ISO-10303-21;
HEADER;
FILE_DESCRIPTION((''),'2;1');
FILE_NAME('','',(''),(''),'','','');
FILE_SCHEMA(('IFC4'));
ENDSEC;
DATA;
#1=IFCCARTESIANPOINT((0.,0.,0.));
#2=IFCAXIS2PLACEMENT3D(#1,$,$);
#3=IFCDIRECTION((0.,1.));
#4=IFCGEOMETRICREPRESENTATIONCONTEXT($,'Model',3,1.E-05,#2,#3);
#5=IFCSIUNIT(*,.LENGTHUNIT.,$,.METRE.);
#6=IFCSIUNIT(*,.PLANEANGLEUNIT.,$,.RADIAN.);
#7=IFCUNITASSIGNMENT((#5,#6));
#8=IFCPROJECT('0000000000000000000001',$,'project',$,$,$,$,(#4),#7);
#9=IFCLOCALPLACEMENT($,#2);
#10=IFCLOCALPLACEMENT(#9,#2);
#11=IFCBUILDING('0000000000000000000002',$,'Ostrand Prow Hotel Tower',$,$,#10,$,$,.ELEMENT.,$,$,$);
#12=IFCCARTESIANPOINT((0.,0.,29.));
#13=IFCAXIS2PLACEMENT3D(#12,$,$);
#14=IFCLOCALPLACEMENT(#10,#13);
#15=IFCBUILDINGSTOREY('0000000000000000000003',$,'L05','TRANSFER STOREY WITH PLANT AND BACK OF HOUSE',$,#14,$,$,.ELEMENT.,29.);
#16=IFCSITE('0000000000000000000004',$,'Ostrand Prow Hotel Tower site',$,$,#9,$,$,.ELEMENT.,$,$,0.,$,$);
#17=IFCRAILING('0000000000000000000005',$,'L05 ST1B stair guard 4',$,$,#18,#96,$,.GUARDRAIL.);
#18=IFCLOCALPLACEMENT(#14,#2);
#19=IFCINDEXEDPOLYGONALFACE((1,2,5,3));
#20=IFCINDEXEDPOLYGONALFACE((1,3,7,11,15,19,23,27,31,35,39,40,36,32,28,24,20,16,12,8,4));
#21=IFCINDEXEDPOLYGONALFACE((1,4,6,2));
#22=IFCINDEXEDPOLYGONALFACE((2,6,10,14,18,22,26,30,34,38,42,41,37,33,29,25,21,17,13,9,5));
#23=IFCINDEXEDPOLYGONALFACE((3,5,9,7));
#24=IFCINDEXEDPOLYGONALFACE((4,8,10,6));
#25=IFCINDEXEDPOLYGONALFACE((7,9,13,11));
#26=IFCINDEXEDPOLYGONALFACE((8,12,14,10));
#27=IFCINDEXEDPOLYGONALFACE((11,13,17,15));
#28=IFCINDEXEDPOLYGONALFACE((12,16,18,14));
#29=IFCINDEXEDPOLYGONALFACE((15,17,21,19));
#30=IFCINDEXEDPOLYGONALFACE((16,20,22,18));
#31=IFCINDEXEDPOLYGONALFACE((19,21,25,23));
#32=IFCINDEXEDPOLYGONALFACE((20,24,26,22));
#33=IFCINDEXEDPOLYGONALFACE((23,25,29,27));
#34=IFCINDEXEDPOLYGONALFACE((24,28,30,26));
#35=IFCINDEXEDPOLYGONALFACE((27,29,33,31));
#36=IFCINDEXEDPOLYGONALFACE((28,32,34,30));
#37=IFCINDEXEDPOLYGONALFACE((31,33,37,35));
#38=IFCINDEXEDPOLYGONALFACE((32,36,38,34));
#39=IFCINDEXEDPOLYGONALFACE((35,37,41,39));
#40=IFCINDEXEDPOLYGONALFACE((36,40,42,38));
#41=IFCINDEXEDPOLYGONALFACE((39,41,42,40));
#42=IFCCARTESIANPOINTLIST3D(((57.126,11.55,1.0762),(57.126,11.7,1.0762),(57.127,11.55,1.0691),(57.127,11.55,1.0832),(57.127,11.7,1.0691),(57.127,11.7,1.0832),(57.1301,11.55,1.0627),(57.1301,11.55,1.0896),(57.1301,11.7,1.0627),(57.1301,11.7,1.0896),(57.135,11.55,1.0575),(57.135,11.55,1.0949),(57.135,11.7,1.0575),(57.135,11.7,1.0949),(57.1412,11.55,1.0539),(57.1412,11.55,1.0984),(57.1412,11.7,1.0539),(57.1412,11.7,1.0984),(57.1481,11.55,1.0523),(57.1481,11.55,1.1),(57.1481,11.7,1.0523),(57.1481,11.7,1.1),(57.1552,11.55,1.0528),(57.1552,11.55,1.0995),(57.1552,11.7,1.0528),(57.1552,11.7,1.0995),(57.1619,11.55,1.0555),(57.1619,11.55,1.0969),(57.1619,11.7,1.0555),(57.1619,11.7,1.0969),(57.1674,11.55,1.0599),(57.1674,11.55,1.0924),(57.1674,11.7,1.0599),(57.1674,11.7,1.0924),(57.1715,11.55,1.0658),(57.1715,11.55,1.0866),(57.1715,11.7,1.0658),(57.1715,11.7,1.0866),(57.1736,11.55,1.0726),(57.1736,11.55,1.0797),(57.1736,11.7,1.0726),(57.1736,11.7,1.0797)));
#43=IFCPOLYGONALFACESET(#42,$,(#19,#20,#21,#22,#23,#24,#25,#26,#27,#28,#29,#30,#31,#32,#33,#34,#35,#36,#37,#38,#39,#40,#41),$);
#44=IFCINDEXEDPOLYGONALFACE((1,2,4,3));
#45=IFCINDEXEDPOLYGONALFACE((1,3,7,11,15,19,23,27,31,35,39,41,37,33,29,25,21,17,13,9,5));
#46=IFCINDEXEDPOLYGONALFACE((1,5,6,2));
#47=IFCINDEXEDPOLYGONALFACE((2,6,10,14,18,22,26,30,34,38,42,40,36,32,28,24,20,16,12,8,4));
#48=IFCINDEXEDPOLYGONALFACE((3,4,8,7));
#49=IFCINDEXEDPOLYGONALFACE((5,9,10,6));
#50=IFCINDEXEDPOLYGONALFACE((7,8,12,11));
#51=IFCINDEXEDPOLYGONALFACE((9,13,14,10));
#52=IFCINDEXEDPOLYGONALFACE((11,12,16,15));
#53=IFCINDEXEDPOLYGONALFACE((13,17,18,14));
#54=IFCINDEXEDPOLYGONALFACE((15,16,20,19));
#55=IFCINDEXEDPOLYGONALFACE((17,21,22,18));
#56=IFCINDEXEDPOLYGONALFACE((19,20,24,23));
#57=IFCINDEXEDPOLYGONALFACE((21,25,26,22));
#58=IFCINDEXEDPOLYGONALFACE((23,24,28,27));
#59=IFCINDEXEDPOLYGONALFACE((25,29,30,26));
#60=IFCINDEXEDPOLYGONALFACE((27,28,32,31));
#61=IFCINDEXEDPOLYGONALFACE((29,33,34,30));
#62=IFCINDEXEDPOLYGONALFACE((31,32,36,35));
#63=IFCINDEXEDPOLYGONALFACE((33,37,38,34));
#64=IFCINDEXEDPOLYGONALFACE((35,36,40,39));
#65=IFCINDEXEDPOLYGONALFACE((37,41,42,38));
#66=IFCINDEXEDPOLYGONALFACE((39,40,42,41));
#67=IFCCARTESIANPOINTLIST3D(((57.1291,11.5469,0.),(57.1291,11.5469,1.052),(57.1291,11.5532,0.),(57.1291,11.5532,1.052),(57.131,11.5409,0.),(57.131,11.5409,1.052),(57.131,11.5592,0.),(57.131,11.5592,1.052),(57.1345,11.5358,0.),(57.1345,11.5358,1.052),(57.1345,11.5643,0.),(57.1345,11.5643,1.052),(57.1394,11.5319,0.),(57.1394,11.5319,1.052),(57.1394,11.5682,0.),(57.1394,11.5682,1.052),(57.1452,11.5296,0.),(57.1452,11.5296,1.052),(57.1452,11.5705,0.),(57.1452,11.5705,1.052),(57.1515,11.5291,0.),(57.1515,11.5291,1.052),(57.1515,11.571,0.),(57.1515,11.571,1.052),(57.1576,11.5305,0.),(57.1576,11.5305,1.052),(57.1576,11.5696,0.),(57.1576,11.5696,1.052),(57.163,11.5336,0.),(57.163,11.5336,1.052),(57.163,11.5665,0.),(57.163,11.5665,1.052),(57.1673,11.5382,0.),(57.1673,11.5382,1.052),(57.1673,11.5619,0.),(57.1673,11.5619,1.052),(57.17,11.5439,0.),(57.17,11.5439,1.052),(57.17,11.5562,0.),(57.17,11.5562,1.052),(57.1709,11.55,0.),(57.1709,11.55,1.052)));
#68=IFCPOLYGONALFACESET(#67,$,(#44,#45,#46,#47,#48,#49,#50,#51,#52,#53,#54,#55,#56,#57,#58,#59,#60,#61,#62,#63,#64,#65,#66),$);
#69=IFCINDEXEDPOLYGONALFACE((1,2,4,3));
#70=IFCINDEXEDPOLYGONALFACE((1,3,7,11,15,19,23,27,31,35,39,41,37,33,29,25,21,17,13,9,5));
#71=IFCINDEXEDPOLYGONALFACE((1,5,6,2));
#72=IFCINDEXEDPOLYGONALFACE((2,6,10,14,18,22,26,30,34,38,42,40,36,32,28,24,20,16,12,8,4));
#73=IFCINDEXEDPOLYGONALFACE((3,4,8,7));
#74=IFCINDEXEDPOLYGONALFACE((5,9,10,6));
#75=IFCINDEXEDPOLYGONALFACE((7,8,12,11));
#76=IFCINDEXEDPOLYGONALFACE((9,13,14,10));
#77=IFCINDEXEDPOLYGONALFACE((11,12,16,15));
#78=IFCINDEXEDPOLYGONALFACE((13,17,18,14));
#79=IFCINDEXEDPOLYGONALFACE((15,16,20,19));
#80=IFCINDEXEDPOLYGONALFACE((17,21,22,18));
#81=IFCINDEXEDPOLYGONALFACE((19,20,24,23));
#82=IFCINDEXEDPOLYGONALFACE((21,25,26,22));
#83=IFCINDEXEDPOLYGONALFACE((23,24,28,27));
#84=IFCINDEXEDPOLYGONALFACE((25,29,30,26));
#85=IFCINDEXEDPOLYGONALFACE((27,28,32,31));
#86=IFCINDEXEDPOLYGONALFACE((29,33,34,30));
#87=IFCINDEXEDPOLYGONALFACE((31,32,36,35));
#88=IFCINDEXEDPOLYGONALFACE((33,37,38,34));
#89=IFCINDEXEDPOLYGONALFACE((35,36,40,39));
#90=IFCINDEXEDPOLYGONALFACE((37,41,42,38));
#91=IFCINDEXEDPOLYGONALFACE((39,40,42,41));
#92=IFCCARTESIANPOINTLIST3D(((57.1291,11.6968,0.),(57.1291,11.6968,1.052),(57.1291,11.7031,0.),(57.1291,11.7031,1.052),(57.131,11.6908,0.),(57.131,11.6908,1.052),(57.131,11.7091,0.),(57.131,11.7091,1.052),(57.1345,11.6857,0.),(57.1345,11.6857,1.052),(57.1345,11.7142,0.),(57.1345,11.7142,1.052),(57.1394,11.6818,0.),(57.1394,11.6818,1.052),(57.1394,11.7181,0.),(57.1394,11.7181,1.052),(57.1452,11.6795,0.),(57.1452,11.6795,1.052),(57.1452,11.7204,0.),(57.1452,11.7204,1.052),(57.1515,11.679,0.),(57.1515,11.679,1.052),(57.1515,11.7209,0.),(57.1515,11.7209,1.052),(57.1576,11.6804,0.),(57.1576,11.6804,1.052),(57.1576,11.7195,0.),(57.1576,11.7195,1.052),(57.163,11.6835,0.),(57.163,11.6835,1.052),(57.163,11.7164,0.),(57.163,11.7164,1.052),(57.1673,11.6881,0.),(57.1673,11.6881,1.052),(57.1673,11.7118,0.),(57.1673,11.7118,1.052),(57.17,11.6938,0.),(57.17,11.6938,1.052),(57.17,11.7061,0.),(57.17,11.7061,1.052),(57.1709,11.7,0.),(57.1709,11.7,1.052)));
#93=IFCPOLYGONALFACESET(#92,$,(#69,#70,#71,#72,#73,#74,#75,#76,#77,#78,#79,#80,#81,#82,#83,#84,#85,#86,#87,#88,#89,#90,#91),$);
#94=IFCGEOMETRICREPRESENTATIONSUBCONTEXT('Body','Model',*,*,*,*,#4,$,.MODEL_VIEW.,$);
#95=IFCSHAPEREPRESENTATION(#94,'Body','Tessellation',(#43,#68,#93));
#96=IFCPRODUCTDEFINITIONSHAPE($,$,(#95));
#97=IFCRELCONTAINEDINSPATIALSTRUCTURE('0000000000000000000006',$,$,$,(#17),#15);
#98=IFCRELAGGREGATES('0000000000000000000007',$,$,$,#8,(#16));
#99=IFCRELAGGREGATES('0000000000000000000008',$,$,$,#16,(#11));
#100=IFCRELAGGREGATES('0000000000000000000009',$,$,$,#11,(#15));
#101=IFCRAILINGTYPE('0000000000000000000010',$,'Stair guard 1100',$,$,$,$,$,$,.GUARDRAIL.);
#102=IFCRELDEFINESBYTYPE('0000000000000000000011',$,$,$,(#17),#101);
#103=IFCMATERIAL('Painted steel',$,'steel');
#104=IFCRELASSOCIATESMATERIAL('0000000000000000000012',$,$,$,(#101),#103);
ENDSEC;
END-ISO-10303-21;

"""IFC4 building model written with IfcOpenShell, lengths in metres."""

from ifc_helpers import new_model, si_unit, direction, frame, origin, origin_2d, place, context, subcontext, project, spatial, circle, extrude, material, type_object, element, save


model = new_model("IFC4")

# Units and contexts
model_context = context("Model", 3, precision=1e-05, world=origin(), true_north=direction((0.0, 1.0)))
body_context = subcontext(model_context, "Body", "Model", "MODEL_VIEW")
ifc_project = project(units=[si_unit("LENGTHUNIT", "METRE"), si_unit("PLANEANGLEUNIT", "RADIAN")], contexts=[model_context])

# Site, building, storey
site_placement = place(None, origin())
site = spatial("IfcSite", under=ifc_project, at=site_placement, Name="Ostrand Prow Hotel Tower site", CompositionType="ELEMENT", RefElevation=0.0)
building_placement = place(site_placement, origin())
building = spatial("IfcBuilding", under=site, at=building_placement, Name="Ostrand Prow Hotel Tower", CompositionType="ELEMENT")
storey_placement = place(building_placement, frame((0.0, 0.0, 29.0)))
storey = spatial("IfcBuildingStorey", under=building, at=storey_placement, Name="L05", Description="TRANSFER STOREY WITH PLANT AND BACK OF HOUSE", CompositionType="ELEMENT", Elevation=29.0)

# Railing
ifc_material_1 = material(Name="Painted steel", Category="steel")
railing_type_1 = type_object("IfcRailingType", Name="Stair guard 1100", PredefinedType="GUARDRAIL", material=ifc_material_1)
railing_1_placement = place(storey_placement, frame((57.1499, 11.55, 0.0)))
element("IfcRailing", 1, at=railing_1_placement, inside=storey, type_object=railing_type_1, Name="L05 ST1B stair guard 4", PredefinedType="GUARDRAIL", context=body_context, shape_type="SweptSolid", body=[
    extrude(circle(Radius=0.0239, at=origin_2d()), frame((0.0, 0.0, 1.0762), z_axis=(0.0, 1.0, 0.0), x_axis=(-1.0, 0.0, 0.0)), (0.0, 0.0, 1.0), 0.1499),
    extrude(circle(Radius=0.021, at=origin_2d()), origin(), (0.0, 0.0, 1.0), 1.052),
    extrude(circle(Radius=0.021, at=origin_2d()), frame((0.0, 0.1499, 0.0)), (0.0, 0.0, 1.0), 1.052),
])

save(model, "model.ifc")
